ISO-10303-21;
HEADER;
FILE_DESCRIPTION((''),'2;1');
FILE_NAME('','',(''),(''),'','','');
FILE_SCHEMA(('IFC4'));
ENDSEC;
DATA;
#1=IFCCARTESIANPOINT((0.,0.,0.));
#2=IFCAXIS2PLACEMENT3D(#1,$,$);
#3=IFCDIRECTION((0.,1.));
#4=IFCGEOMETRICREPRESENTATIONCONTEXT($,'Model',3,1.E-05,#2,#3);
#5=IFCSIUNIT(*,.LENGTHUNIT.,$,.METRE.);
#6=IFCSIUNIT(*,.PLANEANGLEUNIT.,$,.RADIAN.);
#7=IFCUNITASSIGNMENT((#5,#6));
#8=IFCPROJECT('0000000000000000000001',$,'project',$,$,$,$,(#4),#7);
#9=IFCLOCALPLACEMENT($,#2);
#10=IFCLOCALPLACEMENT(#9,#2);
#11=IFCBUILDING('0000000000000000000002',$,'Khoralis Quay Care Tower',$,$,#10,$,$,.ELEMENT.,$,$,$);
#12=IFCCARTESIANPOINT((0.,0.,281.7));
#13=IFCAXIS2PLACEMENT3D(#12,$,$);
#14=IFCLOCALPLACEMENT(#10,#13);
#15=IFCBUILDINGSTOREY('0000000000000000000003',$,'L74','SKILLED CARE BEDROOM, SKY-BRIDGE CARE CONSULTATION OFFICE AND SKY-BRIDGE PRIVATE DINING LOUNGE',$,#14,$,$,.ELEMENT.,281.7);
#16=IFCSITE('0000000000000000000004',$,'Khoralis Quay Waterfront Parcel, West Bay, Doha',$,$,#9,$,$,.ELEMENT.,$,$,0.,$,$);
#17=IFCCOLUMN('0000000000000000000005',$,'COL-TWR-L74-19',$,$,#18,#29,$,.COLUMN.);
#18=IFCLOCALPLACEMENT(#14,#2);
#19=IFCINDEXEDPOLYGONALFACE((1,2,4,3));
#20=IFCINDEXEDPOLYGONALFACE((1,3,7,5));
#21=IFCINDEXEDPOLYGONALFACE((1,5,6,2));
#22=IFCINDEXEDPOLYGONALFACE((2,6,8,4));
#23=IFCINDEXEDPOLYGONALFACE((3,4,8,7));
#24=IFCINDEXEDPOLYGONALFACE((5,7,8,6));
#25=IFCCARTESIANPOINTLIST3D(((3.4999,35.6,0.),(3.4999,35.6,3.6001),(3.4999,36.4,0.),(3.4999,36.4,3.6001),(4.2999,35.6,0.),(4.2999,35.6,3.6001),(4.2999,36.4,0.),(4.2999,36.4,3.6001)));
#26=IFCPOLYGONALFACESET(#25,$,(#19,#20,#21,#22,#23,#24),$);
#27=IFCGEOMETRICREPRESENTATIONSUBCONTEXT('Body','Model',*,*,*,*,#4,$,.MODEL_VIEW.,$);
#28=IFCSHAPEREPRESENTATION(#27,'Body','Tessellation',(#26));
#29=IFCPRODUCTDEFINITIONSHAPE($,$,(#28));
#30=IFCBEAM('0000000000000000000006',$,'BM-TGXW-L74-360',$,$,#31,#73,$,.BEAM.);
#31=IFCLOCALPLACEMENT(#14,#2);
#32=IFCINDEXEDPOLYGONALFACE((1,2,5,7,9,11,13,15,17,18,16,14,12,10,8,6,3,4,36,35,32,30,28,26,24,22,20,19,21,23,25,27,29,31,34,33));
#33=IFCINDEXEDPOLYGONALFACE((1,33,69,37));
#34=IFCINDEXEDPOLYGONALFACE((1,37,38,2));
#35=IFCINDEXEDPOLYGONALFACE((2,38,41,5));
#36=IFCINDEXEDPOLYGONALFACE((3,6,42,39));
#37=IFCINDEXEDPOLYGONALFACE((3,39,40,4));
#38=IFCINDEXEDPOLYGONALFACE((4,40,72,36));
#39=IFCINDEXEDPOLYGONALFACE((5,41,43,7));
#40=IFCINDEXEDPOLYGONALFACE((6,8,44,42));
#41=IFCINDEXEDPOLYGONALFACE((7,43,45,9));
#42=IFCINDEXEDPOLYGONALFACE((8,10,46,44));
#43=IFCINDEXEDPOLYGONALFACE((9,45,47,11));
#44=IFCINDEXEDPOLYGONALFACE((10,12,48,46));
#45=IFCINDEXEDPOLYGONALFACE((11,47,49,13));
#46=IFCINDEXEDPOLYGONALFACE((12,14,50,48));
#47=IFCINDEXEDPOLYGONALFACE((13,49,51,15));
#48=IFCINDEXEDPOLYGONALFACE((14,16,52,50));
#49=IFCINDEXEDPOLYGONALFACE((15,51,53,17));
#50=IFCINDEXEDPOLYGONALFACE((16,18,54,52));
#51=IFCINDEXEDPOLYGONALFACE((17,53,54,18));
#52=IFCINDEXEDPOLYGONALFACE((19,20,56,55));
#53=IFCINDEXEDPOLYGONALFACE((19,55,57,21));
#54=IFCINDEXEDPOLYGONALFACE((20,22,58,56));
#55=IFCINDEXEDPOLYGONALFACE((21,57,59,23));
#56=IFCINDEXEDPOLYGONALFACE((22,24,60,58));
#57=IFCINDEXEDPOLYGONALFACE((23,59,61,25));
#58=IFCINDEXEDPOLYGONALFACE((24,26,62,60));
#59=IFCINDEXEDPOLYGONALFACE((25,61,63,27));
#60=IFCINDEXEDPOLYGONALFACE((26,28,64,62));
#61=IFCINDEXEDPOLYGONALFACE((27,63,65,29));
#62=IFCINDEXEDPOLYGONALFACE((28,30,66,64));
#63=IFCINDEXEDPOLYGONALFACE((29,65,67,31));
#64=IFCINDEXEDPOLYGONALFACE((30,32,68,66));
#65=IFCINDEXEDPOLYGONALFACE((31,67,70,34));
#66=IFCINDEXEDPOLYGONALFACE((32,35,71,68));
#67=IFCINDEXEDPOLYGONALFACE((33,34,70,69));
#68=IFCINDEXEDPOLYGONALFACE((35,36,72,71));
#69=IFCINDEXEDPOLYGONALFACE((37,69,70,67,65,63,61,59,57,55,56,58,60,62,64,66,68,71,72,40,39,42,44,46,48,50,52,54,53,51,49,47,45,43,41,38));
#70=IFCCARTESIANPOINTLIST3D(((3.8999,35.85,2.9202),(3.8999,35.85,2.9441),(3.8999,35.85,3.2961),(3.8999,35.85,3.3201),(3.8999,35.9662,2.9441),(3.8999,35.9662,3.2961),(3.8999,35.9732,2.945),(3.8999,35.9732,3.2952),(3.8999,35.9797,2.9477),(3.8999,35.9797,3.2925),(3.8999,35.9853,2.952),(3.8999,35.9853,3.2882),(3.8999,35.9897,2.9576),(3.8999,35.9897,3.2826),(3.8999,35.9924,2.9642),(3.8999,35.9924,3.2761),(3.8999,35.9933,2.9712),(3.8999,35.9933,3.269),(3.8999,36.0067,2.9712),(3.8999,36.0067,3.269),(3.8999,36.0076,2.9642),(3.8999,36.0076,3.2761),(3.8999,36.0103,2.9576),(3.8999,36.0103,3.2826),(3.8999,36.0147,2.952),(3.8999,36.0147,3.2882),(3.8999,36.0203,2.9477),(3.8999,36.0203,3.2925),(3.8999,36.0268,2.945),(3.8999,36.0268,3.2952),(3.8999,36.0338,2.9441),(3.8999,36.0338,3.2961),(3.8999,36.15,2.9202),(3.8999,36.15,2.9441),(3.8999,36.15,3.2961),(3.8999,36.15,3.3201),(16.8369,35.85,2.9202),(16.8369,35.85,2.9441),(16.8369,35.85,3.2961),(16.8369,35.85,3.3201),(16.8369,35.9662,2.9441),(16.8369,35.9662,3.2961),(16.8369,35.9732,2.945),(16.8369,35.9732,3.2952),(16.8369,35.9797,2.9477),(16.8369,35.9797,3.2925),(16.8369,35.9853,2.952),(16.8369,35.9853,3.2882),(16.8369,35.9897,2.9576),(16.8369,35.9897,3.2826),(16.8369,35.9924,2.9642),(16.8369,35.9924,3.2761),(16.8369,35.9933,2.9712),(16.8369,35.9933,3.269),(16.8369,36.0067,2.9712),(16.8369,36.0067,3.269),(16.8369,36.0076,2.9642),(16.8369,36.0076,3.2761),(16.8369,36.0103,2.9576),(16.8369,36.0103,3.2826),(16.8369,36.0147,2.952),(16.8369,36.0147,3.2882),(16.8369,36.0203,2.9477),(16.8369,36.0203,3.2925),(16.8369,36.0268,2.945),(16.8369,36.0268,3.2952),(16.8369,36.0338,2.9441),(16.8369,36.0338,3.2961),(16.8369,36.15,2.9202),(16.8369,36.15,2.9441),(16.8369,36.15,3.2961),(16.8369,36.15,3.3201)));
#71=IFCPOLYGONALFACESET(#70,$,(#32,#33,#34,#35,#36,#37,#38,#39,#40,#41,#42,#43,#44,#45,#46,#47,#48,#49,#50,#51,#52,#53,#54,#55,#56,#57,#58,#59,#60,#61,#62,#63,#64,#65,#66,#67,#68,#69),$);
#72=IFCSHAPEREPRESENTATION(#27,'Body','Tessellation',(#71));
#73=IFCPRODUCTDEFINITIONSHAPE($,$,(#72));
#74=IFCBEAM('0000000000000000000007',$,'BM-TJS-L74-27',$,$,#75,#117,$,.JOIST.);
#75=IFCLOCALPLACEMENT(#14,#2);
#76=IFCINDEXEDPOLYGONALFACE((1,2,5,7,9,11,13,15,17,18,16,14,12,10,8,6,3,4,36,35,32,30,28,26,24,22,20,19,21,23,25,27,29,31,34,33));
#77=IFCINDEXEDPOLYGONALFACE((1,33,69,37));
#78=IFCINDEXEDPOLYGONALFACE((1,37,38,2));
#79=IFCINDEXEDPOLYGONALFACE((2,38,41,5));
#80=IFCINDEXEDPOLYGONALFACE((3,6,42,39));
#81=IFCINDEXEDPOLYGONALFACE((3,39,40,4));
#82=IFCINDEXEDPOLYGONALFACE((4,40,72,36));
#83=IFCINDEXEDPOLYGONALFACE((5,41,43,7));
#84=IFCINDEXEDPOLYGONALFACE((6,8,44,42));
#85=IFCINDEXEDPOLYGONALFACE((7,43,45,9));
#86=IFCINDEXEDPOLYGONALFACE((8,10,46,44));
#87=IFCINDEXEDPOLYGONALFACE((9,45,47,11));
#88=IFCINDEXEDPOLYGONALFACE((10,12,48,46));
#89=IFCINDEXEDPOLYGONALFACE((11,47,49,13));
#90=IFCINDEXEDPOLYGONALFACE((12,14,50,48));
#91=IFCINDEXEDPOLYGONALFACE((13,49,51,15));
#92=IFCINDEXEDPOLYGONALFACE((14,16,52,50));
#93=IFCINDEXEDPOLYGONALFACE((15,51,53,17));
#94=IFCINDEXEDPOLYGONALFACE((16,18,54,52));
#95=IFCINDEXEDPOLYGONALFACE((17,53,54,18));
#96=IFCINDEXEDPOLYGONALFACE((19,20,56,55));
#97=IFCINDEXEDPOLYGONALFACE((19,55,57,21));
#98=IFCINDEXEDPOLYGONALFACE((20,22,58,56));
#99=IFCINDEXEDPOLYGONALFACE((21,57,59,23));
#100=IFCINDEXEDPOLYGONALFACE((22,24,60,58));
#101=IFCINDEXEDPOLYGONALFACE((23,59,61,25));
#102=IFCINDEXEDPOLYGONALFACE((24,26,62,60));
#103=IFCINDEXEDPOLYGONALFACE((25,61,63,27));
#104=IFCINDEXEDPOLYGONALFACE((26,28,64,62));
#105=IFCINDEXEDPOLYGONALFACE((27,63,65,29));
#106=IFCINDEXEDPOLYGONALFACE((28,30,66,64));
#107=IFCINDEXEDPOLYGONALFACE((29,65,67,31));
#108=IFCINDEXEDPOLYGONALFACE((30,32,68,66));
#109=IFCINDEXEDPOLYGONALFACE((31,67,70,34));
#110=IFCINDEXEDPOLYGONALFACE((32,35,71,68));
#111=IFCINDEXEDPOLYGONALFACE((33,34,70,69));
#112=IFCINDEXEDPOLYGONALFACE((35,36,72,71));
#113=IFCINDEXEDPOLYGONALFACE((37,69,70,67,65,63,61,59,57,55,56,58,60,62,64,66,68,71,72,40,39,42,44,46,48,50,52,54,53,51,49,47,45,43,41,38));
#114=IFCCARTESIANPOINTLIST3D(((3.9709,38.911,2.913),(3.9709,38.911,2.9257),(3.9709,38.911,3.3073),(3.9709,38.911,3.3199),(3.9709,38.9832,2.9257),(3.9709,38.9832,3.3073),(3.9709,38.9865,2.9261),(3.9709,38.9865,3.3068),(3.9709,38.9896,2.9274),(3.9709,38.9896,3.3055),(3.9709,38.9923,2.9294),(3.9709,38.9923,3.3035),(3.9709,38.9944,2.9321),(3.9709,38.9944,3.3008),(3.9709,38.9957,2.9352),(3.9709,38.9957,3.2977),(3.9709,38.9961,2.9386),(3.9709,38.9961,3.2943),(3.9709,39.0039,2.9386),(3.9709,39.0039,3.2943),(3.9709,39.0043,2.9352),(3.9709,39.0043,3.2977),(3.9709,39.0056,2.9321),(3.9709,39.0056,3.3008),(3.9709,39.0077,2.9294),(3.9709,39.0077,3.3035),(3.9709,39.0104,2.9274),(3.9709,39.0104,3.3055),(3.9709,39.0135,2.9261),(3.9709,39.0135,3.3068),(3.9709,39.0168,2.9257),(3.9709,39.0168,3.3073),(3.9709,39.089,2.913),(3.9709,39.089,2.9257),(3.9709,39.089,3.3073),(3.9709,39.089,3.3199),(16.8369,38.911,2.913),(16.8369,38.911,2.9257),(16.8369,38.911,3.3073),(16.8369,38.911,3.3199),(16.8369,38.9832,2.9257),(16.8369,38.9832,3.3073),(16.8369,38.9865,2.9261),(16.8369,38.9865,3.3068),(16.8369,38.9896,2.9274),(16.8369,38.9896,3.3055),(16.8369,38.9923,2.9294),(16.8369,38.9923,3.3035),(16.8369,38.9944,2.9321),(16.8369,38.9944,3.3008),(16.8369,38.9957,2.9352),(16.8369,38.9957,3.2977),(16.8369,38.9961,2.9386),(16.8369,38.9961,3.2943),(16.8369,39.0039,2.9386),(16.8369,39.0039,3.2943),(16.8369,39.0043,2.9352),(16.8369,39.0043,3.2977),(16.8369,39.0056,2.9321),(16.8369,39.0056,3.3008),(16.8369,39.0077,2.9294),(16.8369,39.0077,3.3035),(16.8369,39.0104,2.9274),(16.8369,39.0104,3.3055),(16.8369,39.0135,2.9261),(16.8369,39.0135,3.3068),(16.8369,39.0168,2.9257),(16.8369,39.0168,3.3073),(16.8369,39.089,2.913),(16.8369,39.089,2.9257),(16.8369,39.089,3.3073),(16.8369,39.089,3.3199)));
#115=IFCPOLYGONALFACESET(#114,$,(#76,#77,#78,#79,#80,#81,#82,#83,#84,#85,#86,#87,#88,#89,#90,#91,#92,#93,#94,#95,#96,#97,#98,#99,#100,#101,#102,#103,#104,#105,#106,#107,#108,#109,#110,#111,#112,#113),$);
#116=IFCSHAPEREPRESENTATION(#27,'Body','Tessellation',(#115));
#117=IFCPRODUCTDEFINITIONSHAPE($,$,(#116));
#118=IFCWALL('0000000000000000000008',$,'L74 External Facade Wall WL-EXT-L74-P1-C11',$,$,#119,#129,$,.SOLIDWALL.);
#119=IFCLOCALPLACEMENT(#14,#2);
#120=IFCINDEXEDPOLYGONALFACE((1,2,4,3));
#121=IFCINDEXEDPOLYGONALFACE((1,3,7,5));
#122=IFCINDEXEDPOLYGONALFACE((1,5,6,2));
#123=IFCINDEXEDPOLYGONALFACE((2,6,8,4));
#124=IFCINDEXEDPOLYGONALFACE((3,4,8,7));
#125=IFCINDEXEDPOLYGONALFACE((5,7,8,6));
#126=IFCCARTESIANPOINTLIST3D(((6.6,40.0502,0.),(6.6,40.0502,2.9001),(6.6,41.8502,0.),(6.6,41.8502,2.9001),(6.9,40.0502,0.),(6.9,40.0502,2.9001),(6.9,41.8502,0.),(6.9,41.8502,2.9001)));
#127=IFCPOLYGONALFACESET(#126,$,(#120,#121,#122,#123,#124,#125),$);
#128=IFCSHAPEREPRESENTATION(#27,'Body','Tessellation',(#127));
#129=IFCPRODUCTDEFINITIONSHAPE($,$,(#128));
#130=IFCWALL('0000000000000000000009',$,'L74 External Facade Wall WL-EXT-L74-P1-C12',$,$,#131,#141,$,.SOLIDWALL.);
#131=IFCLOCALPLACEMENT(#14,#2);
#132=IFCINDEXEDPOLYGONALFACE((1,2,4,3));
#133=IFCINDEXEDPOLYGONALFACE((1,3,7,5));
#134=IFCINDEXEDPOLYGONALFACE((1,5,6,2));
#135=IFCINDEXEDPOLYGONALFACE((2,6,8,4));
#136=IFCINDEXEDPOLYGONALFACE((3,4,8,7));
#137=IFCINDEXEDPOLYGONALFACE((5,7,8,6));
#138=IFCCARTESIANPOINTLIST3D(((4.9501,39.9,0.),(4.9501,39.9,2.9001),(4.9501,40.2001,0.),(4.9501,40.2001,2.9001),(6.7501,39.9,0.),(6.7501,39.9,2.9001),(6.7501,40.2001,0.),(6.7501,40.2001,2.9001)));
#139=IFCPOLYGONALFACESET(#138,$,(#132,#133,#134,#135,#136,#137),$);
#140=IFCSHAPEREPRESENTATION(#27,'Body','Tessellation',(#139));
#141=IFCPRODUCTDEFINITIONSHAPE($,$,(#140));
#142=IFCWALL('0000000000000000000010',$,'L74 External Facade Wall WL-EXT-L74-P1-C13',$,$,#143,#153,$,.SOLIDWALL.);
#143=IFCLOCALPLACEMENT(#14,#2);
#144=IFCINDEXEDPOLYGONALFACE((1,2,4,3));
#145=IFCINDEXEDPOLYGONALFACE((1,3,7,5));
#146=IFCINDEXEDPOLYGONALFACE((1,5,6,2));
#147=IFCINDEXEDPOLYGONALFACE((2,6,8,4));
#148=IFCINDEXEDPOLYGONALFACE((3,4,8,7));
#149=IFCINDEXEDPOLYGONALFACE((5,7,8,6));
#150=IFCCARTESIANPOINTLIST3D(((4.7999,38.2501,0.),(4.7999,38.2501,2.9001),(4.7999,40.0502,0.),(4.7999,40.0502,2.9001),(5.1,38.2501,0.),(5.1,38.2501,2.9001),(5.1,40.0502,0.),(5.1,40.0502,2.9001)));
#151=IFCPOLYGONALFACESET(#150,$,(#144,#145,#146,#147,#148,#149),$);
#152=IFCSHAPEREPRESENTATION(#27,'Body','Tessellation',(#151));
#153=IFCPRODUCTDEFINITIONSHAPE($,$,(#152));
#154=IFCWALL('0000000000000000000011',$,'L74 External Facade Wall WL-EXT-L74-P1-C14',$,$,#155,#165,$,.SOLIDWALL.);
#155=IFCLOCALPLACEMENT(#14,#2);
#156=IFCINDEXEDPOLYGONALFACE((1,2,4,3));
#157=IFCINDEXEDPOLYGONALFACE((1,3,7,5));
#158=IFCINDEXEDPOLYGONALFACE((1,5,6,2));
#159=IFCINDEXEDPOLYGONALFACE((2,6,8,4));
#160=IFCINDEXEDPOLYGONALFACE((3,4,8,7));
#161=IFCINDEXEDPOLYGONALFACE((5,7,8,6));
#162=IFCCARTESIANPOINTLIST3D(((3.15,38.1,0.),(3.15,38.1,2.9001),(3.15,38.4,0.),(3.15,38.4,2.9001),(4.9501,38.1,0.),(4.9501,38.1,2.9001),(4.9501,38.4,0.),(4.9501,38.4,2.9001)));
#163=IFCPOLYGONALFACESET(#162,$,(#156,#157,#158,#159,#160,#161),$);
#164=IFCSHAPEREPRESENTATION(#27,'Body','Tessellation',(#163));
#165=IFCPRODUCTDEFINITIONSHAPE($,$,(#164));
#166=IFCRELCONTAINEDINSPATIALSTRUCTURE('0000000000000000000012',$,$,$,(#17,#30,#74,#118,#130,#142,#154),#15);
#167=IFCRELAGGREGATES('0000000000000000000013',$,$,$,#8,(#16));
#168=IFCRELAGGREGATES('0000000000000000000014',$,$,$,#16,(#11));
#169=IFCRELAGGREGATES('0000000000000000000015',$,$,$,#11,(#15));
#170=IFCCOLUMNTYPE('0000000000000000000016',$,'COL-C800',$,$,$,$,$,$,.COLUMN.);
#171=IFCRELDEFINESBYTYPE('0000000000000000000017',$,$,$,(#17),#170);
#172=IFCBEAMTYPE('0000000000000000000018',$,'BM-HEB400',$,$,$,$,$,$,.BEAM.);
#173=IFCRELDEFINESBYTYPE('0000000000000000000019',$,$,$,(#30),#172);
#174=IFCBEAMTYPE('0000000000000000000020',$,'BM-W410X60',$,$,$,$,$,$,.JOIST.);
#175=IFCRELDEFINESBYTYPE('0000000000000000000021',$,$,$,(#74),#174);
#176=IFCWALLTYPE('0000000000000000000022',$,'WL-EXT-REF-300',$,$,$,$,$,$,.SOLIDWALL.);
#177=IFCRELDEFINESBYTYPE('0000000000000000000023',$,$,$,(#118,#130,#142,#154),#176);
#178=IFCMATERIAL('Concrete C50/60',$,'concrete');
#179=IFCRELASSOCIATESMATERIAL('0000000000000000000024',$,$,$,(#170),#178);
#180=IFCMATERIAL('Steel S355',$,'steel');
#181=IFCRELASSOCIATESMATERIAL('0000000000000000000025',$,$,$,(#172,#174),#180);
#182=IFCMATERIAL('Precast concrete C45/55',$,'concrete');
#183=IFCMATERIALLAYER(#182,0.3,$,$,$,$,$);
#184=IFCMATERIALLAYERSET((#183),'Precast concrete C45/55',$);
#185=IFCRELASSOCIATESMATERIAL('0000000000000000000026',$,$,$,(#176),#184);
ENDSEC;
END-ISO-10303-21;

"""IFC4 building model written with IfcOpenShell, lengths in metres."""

from ifc_helpers import new_model, si_unit, direction, frame, frame_2d, origin, origin_2d, place, context, subcontext, project, spatial, rectangle, i_section, extrude, source, transform, mapped, material, layer, layer_set, material_profile, profile_set, type_object, element, save


model = new_model("IFC4")

# Units and contexts
model_context = context("Model", 3, precision=1e-05, world=origin(), true_north=direction((0.0, 1.0)))
body_context = subcontext(model_context, "Body", "Model", "MODEL_VIEW")
ifc_project = project(units=[si_unit("LENGTHUNIT", "METRE"), si_unit("PLANEANGLEUNIT", "RADIAN")], contexts=[model_context])

# Site, building, storey
site_placement = place(None, origin())
site = spatial("IfcSite", under=ifc_project, at=site_placement, Name="Khoralis Quay Waterfront Parcel, West Bay, Doha", CompositionType="ELEMENT", RefElevation=0.0)
building_placement = place(site_placement, origin())
building = spatial("IfcBuilding", under=site, at=building_placement, Name="Khoralis Quay Care Tower", CompositionType="ELEMENT")
storey_placement = place(building_placement, frame((0.0, 0.0, 281.7)))
storey = spatial("IfcBuildingStorey", under=building, at=storey_placement, Name="L74", Description="SKILLED CARE BEDROOM, SKY-BRIDGE CARE CONSULTATION OFFICE AND SKY-BRIDGE PRIVATE DINING LOUNGE", CompositionType="ELEMENT", Elevation=281.7)

# Column
ifc_material_1 = material(Name="Concrete C50/60", Category="concrete")
ifc_material_profile_1 = material_profile(ifc_material_1, rectangle(XDim=0.8, YDim=0.8, at=origin_2d()), Name="Concrete C50/60")
ifc_profile_set_1 = profile_set([ifc_material_profile_1], Name="Concrete C50/60")
column_type = type_object("IfcColumnType", Name="COL-C800", PredefinedType="COLUMN", material=ifc_profile_set_1)
shared_shape_1 = source(origin(), body_context, "Body", "SweptSolid", [
    extrude(rectangle(XDim=0.8, YDim=0.8, at=origin_2d()), origin(), (0.0, 0.0, 1.0), 3.6001),
])
column_placement = place(storey_placement, frame((3.8999, 36.0, 0.0), z_axis=(0.0, 0.0, 1.0), x_axis=(1.0, 0.0, 0.0)))
element("IfcColumn", 1, at=column_placement, inside=storey, type_object=column_type, Name="COL-TWR-L74-19", PredefinedType="COLUMN", context=body_context, shape_type="MappedRepresentation", body=[
    mapped(shared_shape_1, transform((0.0, 0.0, 0.0), scale=1.0)),
])

# Beams
ifc_material_2 = material(Name="Steel S355", Category="steel")
ifc_material_profile_2 = material_profile(ifc_material_2, i_section(OverallWidth=0.3, OverallDepth=0.3999, WebThickness=0.0134, FlangeThickness=0.0239, FilletRadius=0.0271, at=origin_2d()), Name="Steel S355")
ifc_profile_set_2 = profile_set([ifc_material_profile_2], Name="Steel S355")
beam_type_1 = type_object("IfcBeamType", Name="BM-HEB400", PredefinedType="BEAM", material=ifc_profile_set_2)
shared_shape_2 = source(origin(), body_context, "Body", "SweptSolid", [
    extrude(i_section(OverallWidth=0.3, OverallDepth=0.3999, WebThickness=0.0134, FlangeThickness=0.0239, FilletRadius=0.0271, at=origin_2d()), origin(), (0.0, 0.0, 1.0), 12.937),
])
beam_1_placement = place(storey_placement, frame((3.8999, 36.0, 3.1201), z_axis=(1.0, 0.0, 0.0), x_axis=(0.0, 1.0, 0.0)))
element("IfcBeam", 2, at=beam_1_placement, inside=storey, type_object=beam_type_1, Name="BM-TGXW-L74-360", PredefinedType="BEAM", context=body_context, shape_type="MappedRepresentation", body=[
    mapped(shared_shape_2, transform((0.0, 0.0, 0.0), scale=1.0)),
])
ifc_material_profile_3 = material_profile(ifc_material_2, i_section(OverallWidth=0.178, OverallDepth=0.407, WebThickness=0.0078, FlangeThickness=0.0127, FilletRadius=0.0129, at=origin_2d()), Name="Steel S355")
ifc_profile_set_3 = profile_set([ifc_material_profile_3], Name="Steel S355")
beam_type_2 = type_object("IfcBeamType", Name="BM-W410X60", PredefinedType="JOIST", material=ifc_profile_set_3)
shared_shape_3 = source(origin(), body_context, "Body", "SweptSolid", [
    extrude(i_section(OverallWidth=0.178, OverallDepth=0.407, WebThickness=0.0078, FlangeThickness=0.0127, FilletRadius=0.0129, at=origin_2d()), origin(), (0.0, 0.0, 1.0), 12.866),
])
beam_2_placement = place(storey_placement, frame((3.9709, 39.0, 3.1165), z_axis=(1.0, 0.0, 0.0), x_axis=(0.0, 1.0, 0.0)))
element("IfcBeam", 3, at=beam_2_placement, inside=storey, type_object=beam_type_2, Name="BM-TJS-L74-27", PredefinedType="JOIST", context=body_context, shape_type="MappedRepresentation", body=[
    mapped(shared_shape_3, transform((0.0, 0.0, 0.0), scale=1.0)),
])

# Walls
ifc_material_3 = material(Name="Precast concrete C45/55", Category="concrete")
ifc_layer_1 = layer(ifc_material_3, 0.3)
ifc_layer_set_1 = layer_set([ifc_layer_1], Name="Precast concrete C45/55")
wall_type_1 = type_object("IfcWallType", Name="WL-EXT-REF-300", PredefinedType="SOLIDWALL", material=ifc_layer_set_1)
for number, where, z_axis, x_axis, name in (
    (4, (6.75, 41.8501, 0.0), (0.0, 0.0, 1.0), (0.0, -1.0, 0.0), "L74 External Facade Wall WL-EXT-L74-P1-C11"),
    (5, (6.75, 40.05, 0.0), (0.0, 0.0, 1.0), (-1.0, 0.0, 0.0), "L74 External Facade Wall WL-EXT-L74-P1-C12"),
    (6, (4.95, 40.05, 0.0), (0.0, 0.0, 1.0), (0.0, -1.0, 0.0), "L74 External Facade Wall WL-EXT-L74-P1-C13"),
    (7, (4.95, 38.25, 0.0), (0.0, 0.0, 1.0), (-1.0, 0.0, 0.0), "L74 External Facade Wall WL-EXT-L74-P1-C14"),
):
    element("IfcWall", number, at=place(storey_placement, frame(where, z_axis=z_axis, x_axis=x_axis)), inside=storey, type_object=wall_type_1, Name=name, PredefinedType="SOLIDWALL", context=body_context, shape_type="SweptSolid", body=[
        extrude(rectangle(XDim=1.8, YDim=0.3, at=frame_2d((0.8999, 0.0))), origin(), (0.0, 0.0, 1.0), 2.9001),
    ])

save(model, "model.ifc")
